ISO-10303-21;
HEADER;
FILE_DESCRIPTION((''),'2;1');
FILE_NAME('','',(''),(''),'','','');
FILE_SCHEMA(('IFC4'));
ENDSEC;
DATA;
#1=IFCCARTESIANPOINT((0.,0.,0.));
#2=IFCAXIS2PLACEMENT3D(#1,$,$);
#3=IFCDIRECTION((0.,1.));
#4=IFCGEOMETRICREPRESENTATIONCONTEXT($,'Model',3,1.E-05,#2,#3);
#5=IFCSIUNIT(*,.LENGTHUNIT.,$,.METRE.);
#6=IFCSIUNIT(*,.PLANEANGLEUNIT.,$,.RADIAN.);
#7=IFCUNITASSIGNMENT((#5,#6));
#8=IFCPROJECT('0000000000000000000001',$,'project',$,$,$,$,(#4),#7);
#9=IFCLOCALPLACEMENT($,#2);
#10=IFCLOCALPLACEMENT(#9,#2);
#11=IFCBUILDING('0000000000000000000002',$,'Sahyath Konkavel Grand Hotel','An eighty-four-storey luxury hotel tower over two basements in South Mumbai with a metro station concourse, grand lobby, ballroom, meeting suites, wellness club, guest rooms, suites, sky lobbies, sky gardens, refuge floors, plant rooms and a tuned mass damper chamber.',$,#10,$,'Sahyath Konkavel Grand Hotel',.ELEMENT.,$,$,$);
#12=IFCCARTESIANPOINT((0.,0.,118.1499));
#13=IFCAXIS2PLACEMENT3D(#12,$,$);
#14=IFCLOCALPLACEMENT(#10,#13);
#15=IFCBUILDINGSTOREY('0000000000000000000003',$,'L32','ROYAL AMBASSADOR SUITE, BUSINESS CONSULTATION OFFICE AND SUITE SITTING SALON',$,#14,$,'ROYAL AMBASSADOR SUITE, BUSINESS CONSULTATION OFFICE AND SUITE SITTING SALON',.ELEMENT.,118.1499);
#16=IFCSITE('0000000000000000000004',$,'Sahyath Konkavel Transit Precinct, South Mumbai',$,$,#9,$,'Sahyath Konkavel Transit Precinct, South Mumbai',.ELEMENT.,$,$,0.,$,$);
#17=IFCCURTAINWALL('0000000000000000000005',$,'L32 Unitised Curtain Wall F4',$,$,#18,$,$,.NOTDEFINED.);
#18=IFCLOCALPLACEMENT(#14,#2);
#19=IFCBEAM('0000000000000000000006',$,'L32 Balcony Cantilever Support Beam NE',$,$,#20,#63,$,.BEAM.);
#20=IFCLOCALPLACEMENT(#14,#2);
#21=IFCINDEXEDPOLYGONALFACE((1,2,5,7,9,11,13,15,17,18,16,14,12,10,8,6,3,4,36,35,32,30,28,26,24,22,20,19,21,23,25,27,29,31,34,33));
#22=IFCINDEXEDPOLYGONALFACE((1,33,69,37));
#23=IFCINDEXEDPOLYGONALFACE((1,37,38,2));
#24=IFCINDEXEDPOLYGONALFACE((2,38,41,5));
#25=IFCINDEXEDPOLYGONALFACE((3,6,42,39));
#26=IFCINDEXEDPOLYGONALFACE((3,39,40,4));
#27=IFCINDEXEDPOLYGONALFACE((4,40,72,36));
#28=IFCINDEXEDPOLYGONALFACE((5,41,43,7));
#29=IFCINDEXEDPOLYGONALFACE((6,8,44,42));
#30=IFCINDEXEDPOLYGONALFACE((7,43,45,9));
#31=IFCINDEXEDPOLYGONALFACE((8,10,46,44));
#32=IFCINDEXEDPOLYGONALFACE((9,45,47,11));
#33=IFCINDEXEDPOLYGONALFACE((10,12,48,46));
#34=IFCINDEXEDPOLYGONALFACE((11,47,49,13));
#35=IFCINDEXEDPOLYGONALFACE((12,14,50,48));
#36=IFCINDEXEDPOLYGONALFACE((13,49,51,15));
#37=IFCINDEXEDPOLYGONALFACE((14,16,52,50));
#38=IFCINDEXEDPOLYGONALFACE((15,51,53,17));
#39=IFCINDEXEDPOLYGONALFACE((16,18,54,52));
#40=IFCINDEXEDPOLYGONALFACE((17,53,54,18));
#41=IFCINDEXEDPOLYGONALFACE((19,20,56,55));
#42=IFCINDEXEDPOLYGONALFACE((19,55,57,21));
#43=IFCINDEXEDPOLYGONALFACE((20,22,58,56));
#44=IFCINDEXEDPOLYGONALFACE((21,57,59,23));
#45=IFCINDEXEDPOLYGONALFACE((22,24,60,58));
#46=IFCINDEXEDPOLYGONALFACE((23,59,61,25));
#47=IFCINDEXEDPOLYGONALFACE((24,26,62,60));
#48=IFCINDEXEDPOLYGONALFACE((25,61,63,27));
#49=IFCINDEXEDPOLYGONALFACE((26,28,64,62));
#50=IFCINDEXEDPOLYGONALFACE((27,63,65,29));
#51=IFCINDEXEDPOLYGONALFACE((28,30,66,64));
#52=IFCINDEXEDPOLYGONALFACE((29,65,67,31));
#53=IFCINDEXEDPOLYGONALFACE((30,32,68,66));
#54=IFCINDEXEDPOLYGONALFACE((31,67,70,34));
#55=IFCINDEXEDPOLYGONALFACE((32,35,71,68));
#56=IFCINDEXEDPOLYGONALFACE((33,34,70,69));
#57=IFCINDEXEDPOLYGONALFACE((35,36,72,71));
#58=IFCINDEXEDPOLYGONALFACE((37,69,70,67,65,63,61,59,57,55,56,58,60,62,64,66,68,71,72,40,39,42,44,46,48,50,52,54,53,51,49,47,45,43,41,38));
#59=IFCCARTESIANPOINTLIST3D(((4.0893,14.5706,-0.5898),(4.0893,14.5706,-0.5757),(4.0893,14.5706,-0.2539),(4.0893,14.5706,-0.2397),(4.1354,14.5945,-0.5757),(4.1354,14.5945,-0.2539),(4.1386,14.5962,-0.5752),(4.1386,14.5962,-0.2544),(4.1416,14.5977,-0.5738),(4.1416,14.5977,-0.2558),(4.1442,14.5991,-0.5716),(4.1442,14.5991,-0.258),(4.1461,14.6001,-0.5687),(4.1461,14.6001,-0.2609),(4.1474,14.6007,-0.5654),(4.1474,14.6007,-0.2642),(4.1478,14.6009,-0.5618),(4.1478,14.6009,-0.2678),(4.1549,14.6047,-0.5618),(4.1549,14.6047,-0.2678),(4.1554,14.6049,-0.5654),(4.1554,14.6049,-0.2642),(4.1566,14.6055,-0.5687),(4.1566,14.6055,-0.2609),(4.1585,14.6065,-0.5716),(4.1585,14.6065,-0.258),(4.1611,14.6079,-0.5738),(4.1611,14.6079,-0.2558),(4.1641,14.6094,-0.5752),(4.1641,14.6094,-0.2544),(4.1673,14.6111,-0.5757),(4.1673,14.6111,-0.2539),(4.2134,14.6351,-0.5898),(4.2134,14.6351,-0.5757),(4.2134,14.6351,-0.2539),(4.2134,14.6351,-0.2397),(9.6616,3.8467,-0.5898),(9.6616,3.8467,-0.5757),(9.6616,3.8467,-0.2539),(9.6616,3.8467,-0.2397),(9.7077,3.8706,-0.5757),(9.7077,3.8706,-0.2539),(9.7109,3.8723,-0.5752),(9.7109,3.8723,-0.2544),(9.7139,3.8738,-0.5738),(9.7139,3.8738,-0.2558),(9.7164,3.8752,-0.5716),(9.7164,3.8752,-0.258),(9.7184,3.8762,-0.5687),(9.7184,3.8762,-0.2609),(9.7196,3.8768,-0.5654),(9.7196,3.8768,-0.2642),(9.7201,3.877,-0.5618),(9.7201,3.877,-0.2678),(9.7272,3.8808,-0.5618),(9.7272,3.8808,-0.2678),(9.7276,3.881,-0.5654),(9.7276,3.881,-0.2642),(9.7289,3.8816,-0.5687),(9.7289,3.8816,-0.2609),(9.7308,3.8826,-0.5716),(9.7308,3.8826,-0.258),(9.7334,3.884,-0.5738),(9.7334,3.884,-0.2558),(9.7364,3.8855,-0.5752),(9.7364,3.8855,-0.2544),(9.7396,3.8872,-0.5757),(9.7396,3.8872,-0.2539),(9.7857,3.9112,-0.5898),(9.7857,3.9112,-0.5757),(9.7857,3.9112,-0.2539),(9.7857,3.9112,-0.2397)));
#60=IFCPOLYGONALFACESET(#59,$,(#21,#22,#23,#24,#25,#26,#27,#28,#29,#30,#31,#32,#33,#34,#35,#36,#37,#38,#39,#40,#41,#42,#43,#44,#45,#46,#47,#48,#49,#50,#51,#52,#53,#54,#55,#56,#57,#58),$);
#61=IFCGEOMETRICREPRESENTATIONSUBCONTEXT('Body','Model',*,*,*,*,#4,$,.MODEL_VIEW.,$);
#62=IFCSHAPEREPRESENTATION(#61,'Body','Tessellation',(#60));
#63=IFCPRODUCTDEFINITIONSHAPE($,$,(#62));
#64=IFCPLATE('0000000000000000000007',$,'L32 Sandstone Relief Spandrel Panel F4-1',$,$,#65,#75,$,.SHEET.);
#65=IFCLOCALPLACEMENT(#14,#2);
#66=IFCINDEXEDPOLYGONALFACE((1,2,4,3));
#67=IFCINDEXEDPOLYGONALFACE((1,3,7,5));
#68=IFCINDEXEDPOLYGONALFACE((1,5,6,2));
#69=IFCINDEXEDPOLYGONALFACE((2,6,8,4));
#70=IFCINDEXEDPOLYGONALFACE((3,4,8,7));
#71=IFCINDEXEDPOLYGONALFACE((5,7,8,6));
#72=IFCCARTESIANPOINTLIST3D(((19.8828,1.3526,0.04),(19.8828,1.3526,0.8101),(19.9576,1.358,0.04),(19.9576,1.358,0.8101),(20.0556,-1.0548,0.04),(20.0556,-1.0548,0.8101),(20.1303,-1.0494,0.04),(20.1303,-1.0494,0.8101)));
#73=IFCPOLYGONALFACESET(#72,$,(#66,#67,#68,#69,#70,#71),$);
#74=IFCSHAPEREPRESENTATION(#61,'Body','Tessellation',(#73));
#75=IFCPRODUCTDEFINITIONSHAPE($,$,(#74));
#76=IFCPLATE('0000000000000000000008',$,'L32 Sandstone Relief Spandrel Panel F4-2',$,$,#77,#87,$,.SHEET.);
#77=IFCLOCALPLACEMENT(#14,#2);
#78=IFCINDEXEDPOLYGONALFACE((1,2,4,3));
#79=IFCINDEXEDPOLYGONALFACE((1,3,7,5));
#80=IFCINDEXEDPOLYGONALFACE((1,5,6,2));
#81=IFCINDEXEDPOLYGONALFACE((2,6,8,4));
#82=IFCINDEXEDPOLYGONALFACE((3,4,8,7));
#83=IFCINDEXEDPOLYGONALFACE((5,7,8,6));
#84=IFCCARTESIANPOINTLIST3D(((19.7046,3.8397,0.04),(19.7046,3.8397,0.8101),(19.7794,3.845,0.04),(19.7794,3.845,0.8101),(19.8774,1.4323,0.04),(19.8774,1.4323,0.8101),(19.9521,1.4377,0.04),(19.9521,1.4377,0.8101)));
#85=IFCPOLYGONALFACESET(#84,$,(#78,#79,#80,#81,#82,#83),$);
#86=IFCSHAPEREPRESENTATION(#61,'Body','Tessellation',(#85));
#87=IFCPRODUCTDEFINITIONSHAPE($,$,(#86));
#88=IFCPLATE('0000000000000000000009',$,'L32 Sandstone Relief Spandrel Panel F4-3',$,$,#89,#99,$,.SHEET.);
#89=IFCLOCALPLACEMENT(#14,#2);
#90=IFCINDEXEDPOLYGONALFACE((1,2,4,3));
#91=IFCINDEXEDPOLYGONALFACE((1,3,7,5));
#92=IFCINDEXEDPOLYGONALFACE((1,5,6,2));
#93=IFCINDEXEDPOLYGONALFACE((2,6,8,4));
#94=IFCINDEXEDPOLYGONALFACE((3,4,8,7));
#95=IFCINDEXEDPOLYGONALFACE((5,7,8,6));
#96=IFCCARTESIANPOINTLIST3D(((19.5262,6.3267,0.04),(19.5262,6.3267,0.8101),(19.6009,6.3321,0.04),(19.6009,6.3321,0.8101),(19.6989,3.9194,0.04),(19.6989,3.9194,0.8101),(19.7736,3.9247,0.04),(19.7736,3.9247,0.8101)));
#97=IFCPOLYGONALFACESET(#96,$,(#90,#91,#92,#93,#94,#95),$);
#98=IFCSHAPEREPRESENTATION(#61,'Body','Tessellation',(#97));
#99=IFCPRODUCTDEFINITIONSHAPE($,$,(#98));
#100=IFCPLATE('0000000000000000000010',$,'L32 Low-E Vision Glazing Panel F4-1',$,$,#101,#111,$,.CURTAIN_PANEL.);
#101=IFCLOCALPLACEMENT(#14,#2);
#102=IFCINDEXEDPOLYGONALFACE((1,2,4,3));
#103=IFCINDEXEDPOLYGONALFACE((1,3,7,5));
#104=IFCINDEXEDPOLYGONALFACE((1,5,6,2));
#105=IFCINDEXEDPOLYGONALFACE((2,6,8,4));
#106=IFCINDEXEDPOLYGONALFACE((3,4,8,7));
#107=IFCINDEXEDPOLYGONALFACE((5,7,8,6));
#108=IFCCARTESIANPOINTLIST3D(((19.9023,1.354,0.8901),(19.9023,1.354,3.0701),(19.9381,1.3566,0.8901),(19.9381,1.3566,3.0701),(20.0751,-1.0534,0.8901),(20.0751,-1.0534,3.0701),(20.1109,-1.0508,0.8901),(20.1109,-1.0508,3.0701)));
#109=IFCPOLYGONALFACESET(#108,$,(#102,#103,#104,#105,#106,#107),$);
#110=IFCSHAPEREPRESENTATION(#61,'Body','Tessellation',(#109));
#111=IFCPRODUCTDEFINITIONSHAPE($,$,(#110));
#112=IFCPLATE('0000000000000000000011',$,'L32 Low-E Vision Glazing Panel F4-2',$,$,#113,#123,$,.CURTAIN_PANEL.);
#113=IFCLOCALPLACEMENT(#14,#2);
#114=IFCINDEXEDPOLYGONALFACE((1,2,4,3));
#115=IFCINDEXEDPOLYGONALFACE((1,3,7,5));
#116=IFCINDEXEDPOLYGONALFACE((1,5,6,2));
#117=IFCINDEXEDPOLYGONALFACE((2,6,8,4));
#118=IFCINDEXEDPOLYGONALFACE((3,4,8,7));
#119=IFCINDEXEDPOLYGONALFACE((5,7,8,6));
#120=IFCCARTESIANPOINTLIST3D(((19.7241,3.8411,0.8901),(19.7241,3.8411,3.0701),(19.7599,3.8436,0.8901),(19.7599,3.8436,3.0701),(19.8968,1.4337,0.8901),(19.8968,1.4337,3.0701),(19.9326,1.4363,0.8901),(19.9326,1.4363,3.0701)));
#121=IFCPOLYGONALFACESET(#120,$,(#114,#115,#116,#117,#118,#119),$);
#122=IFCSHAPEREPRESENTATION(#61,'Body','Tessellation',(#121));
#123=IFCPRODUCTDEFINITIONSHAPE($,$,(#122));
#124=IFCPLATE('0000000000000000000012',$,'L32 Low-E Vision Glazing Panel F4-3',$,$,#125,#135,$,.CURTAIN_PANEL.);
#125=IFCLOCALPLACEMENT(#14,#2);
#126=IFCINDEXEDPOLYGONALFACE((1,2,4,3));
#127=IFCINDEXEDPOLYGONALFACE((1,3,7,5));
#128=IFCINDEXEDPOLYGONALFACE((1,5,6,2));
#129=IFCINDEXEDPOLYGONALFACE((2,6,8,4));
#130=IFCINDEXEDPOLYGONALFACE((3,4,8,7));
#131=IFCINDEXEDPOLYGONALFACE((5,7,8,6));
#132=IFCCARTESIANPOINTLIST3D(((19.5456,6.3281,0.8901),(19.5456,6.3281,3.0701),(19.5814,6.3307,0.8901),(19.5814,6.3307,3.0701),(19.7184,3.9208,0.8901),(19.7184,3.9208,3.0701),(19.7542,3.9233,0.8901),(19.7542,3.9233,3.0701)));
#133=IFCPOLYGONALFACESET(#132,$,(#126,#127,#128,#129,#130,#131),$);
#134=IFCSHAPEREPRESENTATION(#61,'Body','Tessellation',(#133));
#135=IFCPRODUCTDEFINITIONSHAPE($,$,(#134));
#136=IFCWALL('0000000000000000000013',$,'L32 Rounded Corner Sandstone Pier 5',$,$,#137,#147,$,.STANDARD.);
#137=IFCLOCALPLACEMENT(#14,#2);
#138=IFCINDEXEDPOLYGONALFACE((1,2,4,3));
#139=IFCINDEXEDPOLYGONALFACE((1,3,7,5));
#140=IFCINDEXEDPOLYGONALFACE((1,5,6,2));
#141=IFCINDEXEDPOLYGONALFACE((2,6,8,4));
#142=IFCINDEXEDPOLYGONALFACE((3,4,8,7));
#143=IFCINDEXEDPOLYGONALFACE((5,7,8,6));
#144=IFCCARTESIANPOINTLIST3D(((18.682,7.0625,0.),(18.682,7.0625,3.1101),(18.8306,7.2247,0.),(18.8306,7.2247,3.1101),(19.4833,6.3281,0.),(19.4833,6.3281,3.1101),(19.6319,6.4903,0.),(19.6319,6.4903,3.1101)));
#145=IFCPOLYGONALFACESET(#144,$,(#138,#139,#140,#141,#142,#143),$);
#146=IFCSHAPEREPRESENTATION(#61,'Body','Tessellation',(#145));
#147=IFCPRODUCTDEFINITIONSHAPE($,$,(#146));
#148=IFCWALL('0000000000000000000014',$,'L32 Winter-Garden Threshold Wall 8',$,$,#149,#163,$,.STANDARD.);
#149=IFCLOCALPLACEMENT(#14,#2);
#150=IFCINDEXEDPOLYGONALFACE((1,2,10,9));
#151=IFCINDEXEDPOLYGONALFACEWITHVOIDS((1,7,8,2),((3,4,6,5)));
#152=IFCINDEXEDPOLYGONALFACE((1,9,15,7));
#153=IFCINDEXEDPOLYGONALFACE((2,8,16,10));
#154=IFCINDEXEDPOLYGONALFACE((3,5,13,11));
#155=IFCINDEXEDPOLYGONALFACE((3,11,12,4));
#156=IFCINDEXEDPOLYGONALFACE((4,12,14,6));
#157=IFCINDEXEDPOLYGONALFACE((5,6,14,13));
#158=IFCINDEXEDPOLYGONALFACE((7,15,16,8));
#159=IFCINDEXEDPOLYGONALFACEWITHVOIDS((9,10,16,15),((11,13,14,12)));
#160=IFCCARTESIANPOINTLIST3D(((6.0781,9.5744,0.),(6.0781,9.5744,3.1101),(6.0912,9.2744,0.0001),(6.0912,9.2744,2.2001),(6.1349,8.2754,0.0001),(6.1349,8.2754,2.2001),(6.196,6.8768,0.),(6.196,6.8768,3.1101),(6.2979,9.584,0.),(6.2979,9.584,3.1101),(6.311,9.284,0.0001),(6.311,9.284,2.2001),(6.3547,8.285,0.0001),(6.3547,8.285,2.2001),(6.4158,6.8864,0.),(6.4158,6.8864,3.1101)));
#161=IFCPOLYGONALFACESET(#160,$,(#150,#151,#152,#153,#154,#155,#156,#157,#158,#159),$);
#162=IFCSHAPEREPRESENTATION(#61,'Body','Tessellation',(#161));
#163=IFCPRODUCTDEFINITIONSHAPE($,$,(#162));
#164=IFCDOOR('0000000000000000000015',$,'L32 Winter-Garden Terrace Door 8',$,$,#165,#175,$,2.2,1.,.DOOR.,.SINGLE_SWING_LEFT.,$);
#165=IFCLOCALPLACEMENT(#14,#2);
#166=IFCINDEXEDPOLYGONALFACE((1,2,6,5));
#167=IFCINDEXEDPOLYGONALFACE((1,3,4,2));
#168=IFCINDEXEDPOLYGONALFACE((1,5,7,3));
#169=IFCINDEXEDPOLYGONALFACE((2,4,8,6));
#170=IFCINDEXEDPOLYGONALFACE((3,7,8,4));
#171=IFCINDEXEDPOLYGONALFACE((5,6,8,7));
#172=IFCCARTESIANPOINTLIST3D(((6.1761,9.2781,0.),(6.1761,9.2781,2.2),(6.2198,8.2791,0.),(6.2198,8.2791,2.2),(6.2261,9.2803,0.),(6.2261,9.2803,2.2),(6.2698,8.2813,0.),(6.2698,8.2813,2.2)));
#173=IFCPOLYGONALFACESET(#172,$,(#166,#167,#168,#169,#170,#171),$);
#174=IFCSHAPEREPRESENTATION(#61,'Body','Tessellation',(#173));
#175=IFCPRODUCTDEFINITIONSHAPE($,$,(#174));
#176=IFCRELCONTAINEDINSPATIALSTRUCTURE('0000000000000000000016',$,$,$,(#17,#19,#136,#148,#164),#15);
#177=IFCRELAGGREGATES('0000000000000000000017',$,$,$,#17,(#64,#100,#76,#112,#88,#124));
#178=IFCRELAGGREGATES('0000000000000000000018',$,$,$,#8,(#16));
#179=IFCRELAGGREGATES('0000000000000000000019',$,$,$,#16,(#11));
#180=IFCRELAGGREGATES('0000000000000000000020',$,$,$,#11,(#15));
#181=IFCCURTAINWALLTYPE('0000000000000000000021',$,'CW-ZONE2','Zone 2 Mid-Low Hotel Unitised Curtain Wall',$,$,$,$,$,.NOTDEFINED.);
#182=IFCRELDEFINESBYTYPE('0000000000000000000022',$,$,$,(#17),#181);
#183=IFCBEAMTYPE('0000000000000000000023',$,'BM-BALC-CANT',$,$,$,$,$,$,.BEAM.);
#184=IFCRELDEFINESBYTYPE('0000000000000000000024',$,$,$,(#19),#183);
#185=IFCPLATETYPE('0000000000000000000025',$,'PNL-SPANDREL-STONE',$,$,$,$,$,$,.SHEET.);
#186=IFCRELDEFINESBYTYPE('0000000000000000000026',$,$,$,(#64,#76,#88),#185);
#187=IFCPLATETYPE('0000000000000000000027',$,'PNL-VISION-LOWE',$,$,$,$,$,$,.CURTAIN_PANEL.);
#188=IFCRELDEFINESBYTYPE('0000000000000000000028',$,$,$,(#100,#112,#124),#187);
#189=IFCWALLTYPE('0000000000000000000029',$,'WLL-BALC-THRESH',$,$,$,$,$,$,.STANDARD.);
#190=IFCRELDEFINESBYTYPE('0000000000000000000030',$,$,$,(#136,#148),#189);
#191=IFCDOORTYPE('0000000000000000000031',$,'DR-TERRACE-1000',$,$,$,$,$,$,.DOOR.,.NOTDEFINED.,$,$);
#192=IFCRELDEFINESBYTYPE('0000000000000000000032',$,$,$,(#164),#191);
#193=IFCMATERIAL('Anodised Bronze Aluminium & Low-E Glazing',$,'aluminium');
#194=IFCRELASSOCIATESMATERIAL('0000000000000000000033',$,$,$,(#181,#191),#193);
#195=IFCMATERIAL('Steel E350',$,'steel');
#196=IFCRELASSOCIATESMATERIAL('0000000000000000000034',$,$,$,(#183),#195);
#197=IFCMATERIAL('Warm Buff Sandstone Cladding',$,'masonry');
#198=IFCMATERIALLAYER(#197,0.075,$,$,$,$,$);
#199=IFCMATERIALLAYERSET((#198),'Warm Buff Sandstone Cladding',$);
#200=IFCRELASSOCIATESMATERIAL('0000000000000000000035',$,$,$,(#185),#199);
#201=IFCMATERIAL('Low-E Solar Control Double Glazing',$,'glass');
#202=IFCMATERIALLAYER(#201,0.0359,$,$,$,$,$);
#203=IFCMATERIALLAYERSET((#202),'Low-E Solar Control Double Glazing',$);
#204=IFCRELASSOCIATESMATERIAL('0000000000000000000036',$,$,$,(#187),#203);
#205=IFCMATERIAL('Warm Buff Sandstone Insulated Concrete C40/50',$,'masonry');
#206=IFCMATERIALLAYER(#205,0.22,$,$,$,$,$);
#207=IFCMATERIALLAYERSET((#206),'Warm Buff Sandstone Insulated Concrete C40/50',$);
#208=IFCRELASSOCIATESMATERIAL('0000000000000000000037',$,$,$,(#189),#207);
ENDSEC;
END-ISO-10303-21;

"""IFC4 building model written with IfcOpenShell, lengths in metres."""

from ifc_helpers import new_model, si_unit, direction, frame, frame_2d, origin, origin_2d, place, context, subcontext, project, spatial, rectangle, i_section, extrude, source, transform, mapped, material, layer, layer_set, material_profile, profile_set, type_object, element, fill, aggregate, save


model = new_model("IFC4")

# Units and contexts
model_context = context("Model", 3, precision=1e-05, world=origin(), true_north=direction((0.0, 1.0)))
body_context = subcontext(model_context, "Body", "Model", "MODEL_VIEW")
ifc_project = project(units=[si_unit("LENGTHUNIT", "METRE"), si_unit("PLANEANGLEUNIT", "RADIAN")], contexts=[model_context])

# Site, building, storey
site_placement = place(None, origin())
site = spatial("IfcSite", under=ifc_project, at=site_placement, Name="Sahyath Konkavel Transit Precinct, South Mumbai", LongName="Sahyath Konkavel Transit Precinct, South Mumbai", CompositionType="ELEMENT", RefElevation=0.0)
building_placement = place(site_placement, origin())
building = spatial("IfcBuilding", under=site, at=building_placement, Name="Sahyath Konkavel Grand Hotel", Description="An eighty-four-storey luxury hotel tower over two basements in South Mumbai with a metro station concourse, grand lobby, ballroom, meeting suites, wellness club, guest rooms, suites, sky lobbies, sky gardens, refuge floors, plant rooms and a tuned mass damper chamber.", LongName="Sahyath Konkavel Grand Hotel", CompositionType="ELEMENT")
storey_placement = place(building_placement, frame((0.0, 0.0, 118.1499)))
storey = spatial("IfcBuildingStorey", under=building, at=storey_placement, Name="L32", Description="ROYAL AMBASSADOR SUITE, BUSINESS CONSULTATION OFFICE AND SUITE SITTING SALON", LongName="ROYAL AMBASSADOR SUITE, BUSINESS CONSULTATION OFFICE AND SUITE SITTING SALON", CompositionType="ELEMENT", Elevation=118.1499)

# Shared definitions
ifc_material_1 = material(Name="Steel E350", Category="steel")

# Curtain wall
ifc_material_2 = material(Name="Anodised Bronze Aluminium & Low-E Glazing", Category="aluminium")
curtain_wall_type = type_object("IfcCurtainWallType", Name="CW-ZONE2", Description="Zone 2 Mid-Low Hotel Unitised Curtain Wall", PredefinedType="NOTDEFINED", material=ifc_material_2)
curtain_wall_placement = place(storey_placement, origin())
curtain_wall = element("IfcCurtainWall", 1, at=curtain_wall_placement, inside=storey, type_object=curtain_wall_type, Name="L32 Unitised Curtain Wall F4", PredefinedType="NOTDEFINED")

# Beam
ifc_material_profile_1 = material_profile(ifc_material_1, i_section(OverallWidth=0.1399, OverallDepth=0.3501, WebThickness=0.0081, FlangeThickness=0.0142, FilletRadius=0.0139, at=origin_2d()), Name="ISMB 350")
ifc_profile_set_1 = profile_set([ifc_material_profile_1], Name="Steel E350")
beam_type_1 = type_object("IfcBeamType", Name="BM-BALC-CANT", PredefinedType="BEAM", material=ifc_profile_set_1)
shared_shape_1 = source(origin(), body_context, "Body", "SweptSolid", [
    extrude(i_section(OverallWidth=0.1399, OverallDepth=0.3501, WebThickness=0.0081, FlangeThickness=0.0142, FilletRadius=0.0139, at=origin_2d()), origin(), (0.0, 0.0, 1.0), 12.0852),
])
beam_1_placement = place(storey_placement, frame((9.7236, 3.8789, -0.4148), z_axis=(-0.461082, 0.887357, 0.0), x_axis=(-0.887357, -0.461082, 0.0)))
element("IfcBeam", 2, at=beam_1_placement, inside=storey, type_object=beam_type_1, Name="L32 Balcony Cantilever Support Beam NE", PredefinedType="BEAM", context=body_context, shape_type="MappedRepresentation", body=[
    mapped(shared_shape_1, transform((0.0, 0.0, 0.0), scale=1.0)),
])

# Plates
ifc_material_3 = material(Name="Warm Buff Sandstone Cladding", Category="masonry")
ifc_layer_1 = layer(ifc_material_3, 0.075)
ifc_layer_set_1 = layer_set([ifc_layer_1], Name="Warm Buff Sandstone Cladding")
plate_type_1 = type_object("IfcPlateType", Name="PNL-SPANDREL-STONE", PredefinedType="SHEET", material=ifc_layer_set_1)
shared_shape_2 = source(origin(), body_context, "Body", "SweptSolid", [
    extrude(rectangle(XDim=2.4136, YDim=0.075, at=origin_2d()), origin(), (0.0, 0.0, 1.0), 0.77),
])
plate_1_placement = place(storey_placement, frame((20.0066, 0.1516, 0.04), z_axis=(0.0, 0.0, 1.0), x_axis=(-0.071567, 0.997436, 0.0)))
plate_1 = element("IfcPlate", 3, at=plate_1_placement, type_object=plate_type_1, Name="L32 Sandstone Relief Spandrel Panel F4-1", PredefinedType="SHEET", context=body_context, shape_type="MappedRepresentation", body=[
    mapped(shared_shape_2, transform((0.0, 0.0, 0.0), scale=1.0)),
])
plate_2_placement = place(storey_placement, frame((19.8284, 2.6387, 0.04), z_axis=(0.0, 0.0, 1.0), x_axis=(-0.071567, 0.997436, 0.0)))
plate_2 = element("IfcPlate", 4, at=plate_2_placement, type_object=plate_type_1, Name="L32 Sandstone Relief Spandrel Panel F4-2", PredefinedType="SHEET", context=body_context, shape_type="MappedRepresentation", body=[
    mapped(shared_shape_2, transform((0.0, 0.0, 0.0), scale=1.0)),
])
plate_3_placement = place(storey_placement, frame((19.6499, 5.1257, 0.04), z_axis=(0.0, 0.0, 1.0), x_axis=(-0.071567, 0.997436, 0.0)))
plate_3 = element("IfcPlate", 5, at=plate_3_placement, type_object=plate_type_1, Name="L32 Sandstone Relief Spandrel Panel F4-3", PredefinedType="SHEET", context=body_context, shape_type="MappedRepresentation", body=[
    mapped(shared_shape_2, transform((0.0, 0.0, 0.0), scale=1.0)),
])
ifc_material_4 = material(Name="Low-E Solar Control Double Glazing", Category="glass")
ifc_layer_2 = layer(ifc_material_4, 0.0359)
ifc_layer_set_2 = layer_set([ifc_layer_2], Name="Low-E Solar Control Double Glazing")
plate_type_2 = type_object("IfcPlateType", Name="PNL-VISION-LOWE", PredefinedType="CURTAIN_PANEL", material=ifc_layer_set_2)
shared_shape_3 = source(origin(), body_context, "Body", "SweptSolid", [
    extrude(rectangle(XDim=2.4136, YDim=0.0359, at=origin_2d()), origin(), (0.0, 0.0, 1.0), 2.1799),
])
plate_4_placement = place(storey_placement, frame((20.0066, 0.1516, 0.8901), z_axis=(0.0, 0.0, 1.0), x_axis=(-0.071567, 0.997436, 0.0)))
plate_4 = element("IfcPlate", 6, at=plate_4_placement, type_object=plate_type_2, Name="L32 Low-E Vision Glazing Panel F4-1", PredefinedType="CURTAIN_PANEL", context=body_context, shape_type="MappedRepresentation", body=[
    mapped(shared_shape_3, transform((0.0, 0.0, 0.0), scale=1.0)),
])
plate_5_placement = place(storey_placement, frame((19.8284, 2.6387, 0.8901), z_axis=(0.0, 0.0, 1.0), x_axis=(-0.071567, 0.997436, 0.0)))
plate_5 = element("IfcPlate", 7, at=plate_5_placement, type_object=plate_type_2, Name="L32 Low-E Vision Glazing Panel F4-2", PredefinedType="CURTAIN_PANEL", context=body_context, shape_type="MappedRepresentation", body=[
    mapped(shared_shape_3, transform((0.0, 0.0, 0.0), scale=1.0)),
])
plate_6_placement = place(storey_placement, frame((19.6499, 5.1257, 0.8901), z_axis=(0.0, 0.0, 1.0), x_axis=(-0.071567, 0.997436, 0.0)))
plate_6 = element("IfcPlate", 8, at=plate_6_placement, type_object=plate_type_2, Name="L32 Low-E Vision Glazing Panel F4-3", PredefinedType="CURTAIN_PANEL", context=body_context, shape_type="MappedRepresentation", body=[
    mapped(shared_shape_3, transform((0.0, 0.0, 0.0), scale=1.0)),
])
aggregate(curtain_wall, [plate_1, plate_4, plate_2, plate_5, plate_3, plate_6])

# Wall
ifc_material_5 = material(Name="Warm Buff Sandstone Insulated Concrete C40/50", Category="masonry")
ifc_layer_3 = layer(ifc_material_5, 0.22)
ifc_layer_set_3 = layer_set([ifc_layer_3], Name="Warm Buff Sandstone Insulated Concrete C40/50")
wall_type_1 = type_object("IfcWallType", Name="WLL-BALC-THRESH", PredefinedType="STANDARD", material=ifc_layer_set_3)
wall_1_placement = place(storey_placement, frame((19.5576, 6.4092, 0.0), z_axis=(0.0, 0.0, 1.0), x_axis=(-0.73721, 0.675664, 0.0)))
element("IfcWall", 9, at=wall_1_placement, inside=storey, type_object=wall_type_1, Name="L32 Rounded Corner Sandstone Pier 5", PredefinedType="STANDARD", context=body_context, shape_type="SweptSolid", body=[
    extrude(rectangle(XDim=1.0869, YDim=0.22, at=frame_2d((0.5435, 0.0))), origin(), (0.0, 0.0, 1.0), 3.1101),
])

# Wall, opening, door
wall_2_placement = place(storey_placement, frame((6.3059, 6.8816, 0.0), z_axis=(0.0, 0.0, 1.0), x_axis=(-0.043673, 0.999046, 0.0)))
wall_2 = element("IfcWall", 10, at=wall_2_placement, inside=storey, type_object=wall_type_1, Name="L32 Winter-Garden Threshold Wall 8", PredefinedType="STANDARD", context=body_context, shape_type="SweptSolid", body=[
    extrude(rectangle(XDim=2.7002, YDim=0.22, at=frame_2d((1.3501, 0.0))), origin(), (0.0, 0.0, 1.0), 3.1101),
])
opening_1_placement = place(wall_2_placement, frame((1.3999, 0.0, 0.0)))
opening_1 = element("IfcOpeningElement", 11, at=opening_1_placement, cuts=wall_2, PredefinedType="OPENING", context=body_context, shape_type="SweptSolid", body=[
    extrude(rectangle(XDim=1.0, YDim=2.2, at=frame_2d((0.5, 1.1001))), frame((0.0, 0.1201, 0.0), z_axis=(0.0, -1.0, 0.0), x_axis=(1.0, 0.0, 0.0)), (0.0, 0.0, 1.0), 0.24),
])
door_type_1 = type_object("IfcDoorType", Name="DR-TERRACE-1000", OperationType="NOTDEFINED", PredefinedType="DOOR", material=ifc_material_2)
shared_shape_4 = source(origin(), body_context, "Body", "SweptSolid", [
    extrude(rectangle(XDim=1.0, YDim=0.05, at=origin_2d()), origin(), (0.0, 0.0, 1.0), 2.2),
])
door_1_placement = place(opening_1_placement, frame((0.5, 0.0, 0.0)))
door_1 = element("IfcDoor", 12, at=door_1_placement, inside=storey, type_object=door_type_1, Name="L32 Winter-Garden Terrace Door 8", OperationType="SINGLE_SWING_LEFT", OverallHeight=2.2, OverallWidth=1.0, PredefinedType="DOOR", context=body_context, shape_type="MappedRepresentation", body=[
    mapped(shared_shape_4, transform((0.0, 0.0, 0.0), scale=1.0)),
])
fill(opening_1, door_1)

save(model, "model.ifc")
